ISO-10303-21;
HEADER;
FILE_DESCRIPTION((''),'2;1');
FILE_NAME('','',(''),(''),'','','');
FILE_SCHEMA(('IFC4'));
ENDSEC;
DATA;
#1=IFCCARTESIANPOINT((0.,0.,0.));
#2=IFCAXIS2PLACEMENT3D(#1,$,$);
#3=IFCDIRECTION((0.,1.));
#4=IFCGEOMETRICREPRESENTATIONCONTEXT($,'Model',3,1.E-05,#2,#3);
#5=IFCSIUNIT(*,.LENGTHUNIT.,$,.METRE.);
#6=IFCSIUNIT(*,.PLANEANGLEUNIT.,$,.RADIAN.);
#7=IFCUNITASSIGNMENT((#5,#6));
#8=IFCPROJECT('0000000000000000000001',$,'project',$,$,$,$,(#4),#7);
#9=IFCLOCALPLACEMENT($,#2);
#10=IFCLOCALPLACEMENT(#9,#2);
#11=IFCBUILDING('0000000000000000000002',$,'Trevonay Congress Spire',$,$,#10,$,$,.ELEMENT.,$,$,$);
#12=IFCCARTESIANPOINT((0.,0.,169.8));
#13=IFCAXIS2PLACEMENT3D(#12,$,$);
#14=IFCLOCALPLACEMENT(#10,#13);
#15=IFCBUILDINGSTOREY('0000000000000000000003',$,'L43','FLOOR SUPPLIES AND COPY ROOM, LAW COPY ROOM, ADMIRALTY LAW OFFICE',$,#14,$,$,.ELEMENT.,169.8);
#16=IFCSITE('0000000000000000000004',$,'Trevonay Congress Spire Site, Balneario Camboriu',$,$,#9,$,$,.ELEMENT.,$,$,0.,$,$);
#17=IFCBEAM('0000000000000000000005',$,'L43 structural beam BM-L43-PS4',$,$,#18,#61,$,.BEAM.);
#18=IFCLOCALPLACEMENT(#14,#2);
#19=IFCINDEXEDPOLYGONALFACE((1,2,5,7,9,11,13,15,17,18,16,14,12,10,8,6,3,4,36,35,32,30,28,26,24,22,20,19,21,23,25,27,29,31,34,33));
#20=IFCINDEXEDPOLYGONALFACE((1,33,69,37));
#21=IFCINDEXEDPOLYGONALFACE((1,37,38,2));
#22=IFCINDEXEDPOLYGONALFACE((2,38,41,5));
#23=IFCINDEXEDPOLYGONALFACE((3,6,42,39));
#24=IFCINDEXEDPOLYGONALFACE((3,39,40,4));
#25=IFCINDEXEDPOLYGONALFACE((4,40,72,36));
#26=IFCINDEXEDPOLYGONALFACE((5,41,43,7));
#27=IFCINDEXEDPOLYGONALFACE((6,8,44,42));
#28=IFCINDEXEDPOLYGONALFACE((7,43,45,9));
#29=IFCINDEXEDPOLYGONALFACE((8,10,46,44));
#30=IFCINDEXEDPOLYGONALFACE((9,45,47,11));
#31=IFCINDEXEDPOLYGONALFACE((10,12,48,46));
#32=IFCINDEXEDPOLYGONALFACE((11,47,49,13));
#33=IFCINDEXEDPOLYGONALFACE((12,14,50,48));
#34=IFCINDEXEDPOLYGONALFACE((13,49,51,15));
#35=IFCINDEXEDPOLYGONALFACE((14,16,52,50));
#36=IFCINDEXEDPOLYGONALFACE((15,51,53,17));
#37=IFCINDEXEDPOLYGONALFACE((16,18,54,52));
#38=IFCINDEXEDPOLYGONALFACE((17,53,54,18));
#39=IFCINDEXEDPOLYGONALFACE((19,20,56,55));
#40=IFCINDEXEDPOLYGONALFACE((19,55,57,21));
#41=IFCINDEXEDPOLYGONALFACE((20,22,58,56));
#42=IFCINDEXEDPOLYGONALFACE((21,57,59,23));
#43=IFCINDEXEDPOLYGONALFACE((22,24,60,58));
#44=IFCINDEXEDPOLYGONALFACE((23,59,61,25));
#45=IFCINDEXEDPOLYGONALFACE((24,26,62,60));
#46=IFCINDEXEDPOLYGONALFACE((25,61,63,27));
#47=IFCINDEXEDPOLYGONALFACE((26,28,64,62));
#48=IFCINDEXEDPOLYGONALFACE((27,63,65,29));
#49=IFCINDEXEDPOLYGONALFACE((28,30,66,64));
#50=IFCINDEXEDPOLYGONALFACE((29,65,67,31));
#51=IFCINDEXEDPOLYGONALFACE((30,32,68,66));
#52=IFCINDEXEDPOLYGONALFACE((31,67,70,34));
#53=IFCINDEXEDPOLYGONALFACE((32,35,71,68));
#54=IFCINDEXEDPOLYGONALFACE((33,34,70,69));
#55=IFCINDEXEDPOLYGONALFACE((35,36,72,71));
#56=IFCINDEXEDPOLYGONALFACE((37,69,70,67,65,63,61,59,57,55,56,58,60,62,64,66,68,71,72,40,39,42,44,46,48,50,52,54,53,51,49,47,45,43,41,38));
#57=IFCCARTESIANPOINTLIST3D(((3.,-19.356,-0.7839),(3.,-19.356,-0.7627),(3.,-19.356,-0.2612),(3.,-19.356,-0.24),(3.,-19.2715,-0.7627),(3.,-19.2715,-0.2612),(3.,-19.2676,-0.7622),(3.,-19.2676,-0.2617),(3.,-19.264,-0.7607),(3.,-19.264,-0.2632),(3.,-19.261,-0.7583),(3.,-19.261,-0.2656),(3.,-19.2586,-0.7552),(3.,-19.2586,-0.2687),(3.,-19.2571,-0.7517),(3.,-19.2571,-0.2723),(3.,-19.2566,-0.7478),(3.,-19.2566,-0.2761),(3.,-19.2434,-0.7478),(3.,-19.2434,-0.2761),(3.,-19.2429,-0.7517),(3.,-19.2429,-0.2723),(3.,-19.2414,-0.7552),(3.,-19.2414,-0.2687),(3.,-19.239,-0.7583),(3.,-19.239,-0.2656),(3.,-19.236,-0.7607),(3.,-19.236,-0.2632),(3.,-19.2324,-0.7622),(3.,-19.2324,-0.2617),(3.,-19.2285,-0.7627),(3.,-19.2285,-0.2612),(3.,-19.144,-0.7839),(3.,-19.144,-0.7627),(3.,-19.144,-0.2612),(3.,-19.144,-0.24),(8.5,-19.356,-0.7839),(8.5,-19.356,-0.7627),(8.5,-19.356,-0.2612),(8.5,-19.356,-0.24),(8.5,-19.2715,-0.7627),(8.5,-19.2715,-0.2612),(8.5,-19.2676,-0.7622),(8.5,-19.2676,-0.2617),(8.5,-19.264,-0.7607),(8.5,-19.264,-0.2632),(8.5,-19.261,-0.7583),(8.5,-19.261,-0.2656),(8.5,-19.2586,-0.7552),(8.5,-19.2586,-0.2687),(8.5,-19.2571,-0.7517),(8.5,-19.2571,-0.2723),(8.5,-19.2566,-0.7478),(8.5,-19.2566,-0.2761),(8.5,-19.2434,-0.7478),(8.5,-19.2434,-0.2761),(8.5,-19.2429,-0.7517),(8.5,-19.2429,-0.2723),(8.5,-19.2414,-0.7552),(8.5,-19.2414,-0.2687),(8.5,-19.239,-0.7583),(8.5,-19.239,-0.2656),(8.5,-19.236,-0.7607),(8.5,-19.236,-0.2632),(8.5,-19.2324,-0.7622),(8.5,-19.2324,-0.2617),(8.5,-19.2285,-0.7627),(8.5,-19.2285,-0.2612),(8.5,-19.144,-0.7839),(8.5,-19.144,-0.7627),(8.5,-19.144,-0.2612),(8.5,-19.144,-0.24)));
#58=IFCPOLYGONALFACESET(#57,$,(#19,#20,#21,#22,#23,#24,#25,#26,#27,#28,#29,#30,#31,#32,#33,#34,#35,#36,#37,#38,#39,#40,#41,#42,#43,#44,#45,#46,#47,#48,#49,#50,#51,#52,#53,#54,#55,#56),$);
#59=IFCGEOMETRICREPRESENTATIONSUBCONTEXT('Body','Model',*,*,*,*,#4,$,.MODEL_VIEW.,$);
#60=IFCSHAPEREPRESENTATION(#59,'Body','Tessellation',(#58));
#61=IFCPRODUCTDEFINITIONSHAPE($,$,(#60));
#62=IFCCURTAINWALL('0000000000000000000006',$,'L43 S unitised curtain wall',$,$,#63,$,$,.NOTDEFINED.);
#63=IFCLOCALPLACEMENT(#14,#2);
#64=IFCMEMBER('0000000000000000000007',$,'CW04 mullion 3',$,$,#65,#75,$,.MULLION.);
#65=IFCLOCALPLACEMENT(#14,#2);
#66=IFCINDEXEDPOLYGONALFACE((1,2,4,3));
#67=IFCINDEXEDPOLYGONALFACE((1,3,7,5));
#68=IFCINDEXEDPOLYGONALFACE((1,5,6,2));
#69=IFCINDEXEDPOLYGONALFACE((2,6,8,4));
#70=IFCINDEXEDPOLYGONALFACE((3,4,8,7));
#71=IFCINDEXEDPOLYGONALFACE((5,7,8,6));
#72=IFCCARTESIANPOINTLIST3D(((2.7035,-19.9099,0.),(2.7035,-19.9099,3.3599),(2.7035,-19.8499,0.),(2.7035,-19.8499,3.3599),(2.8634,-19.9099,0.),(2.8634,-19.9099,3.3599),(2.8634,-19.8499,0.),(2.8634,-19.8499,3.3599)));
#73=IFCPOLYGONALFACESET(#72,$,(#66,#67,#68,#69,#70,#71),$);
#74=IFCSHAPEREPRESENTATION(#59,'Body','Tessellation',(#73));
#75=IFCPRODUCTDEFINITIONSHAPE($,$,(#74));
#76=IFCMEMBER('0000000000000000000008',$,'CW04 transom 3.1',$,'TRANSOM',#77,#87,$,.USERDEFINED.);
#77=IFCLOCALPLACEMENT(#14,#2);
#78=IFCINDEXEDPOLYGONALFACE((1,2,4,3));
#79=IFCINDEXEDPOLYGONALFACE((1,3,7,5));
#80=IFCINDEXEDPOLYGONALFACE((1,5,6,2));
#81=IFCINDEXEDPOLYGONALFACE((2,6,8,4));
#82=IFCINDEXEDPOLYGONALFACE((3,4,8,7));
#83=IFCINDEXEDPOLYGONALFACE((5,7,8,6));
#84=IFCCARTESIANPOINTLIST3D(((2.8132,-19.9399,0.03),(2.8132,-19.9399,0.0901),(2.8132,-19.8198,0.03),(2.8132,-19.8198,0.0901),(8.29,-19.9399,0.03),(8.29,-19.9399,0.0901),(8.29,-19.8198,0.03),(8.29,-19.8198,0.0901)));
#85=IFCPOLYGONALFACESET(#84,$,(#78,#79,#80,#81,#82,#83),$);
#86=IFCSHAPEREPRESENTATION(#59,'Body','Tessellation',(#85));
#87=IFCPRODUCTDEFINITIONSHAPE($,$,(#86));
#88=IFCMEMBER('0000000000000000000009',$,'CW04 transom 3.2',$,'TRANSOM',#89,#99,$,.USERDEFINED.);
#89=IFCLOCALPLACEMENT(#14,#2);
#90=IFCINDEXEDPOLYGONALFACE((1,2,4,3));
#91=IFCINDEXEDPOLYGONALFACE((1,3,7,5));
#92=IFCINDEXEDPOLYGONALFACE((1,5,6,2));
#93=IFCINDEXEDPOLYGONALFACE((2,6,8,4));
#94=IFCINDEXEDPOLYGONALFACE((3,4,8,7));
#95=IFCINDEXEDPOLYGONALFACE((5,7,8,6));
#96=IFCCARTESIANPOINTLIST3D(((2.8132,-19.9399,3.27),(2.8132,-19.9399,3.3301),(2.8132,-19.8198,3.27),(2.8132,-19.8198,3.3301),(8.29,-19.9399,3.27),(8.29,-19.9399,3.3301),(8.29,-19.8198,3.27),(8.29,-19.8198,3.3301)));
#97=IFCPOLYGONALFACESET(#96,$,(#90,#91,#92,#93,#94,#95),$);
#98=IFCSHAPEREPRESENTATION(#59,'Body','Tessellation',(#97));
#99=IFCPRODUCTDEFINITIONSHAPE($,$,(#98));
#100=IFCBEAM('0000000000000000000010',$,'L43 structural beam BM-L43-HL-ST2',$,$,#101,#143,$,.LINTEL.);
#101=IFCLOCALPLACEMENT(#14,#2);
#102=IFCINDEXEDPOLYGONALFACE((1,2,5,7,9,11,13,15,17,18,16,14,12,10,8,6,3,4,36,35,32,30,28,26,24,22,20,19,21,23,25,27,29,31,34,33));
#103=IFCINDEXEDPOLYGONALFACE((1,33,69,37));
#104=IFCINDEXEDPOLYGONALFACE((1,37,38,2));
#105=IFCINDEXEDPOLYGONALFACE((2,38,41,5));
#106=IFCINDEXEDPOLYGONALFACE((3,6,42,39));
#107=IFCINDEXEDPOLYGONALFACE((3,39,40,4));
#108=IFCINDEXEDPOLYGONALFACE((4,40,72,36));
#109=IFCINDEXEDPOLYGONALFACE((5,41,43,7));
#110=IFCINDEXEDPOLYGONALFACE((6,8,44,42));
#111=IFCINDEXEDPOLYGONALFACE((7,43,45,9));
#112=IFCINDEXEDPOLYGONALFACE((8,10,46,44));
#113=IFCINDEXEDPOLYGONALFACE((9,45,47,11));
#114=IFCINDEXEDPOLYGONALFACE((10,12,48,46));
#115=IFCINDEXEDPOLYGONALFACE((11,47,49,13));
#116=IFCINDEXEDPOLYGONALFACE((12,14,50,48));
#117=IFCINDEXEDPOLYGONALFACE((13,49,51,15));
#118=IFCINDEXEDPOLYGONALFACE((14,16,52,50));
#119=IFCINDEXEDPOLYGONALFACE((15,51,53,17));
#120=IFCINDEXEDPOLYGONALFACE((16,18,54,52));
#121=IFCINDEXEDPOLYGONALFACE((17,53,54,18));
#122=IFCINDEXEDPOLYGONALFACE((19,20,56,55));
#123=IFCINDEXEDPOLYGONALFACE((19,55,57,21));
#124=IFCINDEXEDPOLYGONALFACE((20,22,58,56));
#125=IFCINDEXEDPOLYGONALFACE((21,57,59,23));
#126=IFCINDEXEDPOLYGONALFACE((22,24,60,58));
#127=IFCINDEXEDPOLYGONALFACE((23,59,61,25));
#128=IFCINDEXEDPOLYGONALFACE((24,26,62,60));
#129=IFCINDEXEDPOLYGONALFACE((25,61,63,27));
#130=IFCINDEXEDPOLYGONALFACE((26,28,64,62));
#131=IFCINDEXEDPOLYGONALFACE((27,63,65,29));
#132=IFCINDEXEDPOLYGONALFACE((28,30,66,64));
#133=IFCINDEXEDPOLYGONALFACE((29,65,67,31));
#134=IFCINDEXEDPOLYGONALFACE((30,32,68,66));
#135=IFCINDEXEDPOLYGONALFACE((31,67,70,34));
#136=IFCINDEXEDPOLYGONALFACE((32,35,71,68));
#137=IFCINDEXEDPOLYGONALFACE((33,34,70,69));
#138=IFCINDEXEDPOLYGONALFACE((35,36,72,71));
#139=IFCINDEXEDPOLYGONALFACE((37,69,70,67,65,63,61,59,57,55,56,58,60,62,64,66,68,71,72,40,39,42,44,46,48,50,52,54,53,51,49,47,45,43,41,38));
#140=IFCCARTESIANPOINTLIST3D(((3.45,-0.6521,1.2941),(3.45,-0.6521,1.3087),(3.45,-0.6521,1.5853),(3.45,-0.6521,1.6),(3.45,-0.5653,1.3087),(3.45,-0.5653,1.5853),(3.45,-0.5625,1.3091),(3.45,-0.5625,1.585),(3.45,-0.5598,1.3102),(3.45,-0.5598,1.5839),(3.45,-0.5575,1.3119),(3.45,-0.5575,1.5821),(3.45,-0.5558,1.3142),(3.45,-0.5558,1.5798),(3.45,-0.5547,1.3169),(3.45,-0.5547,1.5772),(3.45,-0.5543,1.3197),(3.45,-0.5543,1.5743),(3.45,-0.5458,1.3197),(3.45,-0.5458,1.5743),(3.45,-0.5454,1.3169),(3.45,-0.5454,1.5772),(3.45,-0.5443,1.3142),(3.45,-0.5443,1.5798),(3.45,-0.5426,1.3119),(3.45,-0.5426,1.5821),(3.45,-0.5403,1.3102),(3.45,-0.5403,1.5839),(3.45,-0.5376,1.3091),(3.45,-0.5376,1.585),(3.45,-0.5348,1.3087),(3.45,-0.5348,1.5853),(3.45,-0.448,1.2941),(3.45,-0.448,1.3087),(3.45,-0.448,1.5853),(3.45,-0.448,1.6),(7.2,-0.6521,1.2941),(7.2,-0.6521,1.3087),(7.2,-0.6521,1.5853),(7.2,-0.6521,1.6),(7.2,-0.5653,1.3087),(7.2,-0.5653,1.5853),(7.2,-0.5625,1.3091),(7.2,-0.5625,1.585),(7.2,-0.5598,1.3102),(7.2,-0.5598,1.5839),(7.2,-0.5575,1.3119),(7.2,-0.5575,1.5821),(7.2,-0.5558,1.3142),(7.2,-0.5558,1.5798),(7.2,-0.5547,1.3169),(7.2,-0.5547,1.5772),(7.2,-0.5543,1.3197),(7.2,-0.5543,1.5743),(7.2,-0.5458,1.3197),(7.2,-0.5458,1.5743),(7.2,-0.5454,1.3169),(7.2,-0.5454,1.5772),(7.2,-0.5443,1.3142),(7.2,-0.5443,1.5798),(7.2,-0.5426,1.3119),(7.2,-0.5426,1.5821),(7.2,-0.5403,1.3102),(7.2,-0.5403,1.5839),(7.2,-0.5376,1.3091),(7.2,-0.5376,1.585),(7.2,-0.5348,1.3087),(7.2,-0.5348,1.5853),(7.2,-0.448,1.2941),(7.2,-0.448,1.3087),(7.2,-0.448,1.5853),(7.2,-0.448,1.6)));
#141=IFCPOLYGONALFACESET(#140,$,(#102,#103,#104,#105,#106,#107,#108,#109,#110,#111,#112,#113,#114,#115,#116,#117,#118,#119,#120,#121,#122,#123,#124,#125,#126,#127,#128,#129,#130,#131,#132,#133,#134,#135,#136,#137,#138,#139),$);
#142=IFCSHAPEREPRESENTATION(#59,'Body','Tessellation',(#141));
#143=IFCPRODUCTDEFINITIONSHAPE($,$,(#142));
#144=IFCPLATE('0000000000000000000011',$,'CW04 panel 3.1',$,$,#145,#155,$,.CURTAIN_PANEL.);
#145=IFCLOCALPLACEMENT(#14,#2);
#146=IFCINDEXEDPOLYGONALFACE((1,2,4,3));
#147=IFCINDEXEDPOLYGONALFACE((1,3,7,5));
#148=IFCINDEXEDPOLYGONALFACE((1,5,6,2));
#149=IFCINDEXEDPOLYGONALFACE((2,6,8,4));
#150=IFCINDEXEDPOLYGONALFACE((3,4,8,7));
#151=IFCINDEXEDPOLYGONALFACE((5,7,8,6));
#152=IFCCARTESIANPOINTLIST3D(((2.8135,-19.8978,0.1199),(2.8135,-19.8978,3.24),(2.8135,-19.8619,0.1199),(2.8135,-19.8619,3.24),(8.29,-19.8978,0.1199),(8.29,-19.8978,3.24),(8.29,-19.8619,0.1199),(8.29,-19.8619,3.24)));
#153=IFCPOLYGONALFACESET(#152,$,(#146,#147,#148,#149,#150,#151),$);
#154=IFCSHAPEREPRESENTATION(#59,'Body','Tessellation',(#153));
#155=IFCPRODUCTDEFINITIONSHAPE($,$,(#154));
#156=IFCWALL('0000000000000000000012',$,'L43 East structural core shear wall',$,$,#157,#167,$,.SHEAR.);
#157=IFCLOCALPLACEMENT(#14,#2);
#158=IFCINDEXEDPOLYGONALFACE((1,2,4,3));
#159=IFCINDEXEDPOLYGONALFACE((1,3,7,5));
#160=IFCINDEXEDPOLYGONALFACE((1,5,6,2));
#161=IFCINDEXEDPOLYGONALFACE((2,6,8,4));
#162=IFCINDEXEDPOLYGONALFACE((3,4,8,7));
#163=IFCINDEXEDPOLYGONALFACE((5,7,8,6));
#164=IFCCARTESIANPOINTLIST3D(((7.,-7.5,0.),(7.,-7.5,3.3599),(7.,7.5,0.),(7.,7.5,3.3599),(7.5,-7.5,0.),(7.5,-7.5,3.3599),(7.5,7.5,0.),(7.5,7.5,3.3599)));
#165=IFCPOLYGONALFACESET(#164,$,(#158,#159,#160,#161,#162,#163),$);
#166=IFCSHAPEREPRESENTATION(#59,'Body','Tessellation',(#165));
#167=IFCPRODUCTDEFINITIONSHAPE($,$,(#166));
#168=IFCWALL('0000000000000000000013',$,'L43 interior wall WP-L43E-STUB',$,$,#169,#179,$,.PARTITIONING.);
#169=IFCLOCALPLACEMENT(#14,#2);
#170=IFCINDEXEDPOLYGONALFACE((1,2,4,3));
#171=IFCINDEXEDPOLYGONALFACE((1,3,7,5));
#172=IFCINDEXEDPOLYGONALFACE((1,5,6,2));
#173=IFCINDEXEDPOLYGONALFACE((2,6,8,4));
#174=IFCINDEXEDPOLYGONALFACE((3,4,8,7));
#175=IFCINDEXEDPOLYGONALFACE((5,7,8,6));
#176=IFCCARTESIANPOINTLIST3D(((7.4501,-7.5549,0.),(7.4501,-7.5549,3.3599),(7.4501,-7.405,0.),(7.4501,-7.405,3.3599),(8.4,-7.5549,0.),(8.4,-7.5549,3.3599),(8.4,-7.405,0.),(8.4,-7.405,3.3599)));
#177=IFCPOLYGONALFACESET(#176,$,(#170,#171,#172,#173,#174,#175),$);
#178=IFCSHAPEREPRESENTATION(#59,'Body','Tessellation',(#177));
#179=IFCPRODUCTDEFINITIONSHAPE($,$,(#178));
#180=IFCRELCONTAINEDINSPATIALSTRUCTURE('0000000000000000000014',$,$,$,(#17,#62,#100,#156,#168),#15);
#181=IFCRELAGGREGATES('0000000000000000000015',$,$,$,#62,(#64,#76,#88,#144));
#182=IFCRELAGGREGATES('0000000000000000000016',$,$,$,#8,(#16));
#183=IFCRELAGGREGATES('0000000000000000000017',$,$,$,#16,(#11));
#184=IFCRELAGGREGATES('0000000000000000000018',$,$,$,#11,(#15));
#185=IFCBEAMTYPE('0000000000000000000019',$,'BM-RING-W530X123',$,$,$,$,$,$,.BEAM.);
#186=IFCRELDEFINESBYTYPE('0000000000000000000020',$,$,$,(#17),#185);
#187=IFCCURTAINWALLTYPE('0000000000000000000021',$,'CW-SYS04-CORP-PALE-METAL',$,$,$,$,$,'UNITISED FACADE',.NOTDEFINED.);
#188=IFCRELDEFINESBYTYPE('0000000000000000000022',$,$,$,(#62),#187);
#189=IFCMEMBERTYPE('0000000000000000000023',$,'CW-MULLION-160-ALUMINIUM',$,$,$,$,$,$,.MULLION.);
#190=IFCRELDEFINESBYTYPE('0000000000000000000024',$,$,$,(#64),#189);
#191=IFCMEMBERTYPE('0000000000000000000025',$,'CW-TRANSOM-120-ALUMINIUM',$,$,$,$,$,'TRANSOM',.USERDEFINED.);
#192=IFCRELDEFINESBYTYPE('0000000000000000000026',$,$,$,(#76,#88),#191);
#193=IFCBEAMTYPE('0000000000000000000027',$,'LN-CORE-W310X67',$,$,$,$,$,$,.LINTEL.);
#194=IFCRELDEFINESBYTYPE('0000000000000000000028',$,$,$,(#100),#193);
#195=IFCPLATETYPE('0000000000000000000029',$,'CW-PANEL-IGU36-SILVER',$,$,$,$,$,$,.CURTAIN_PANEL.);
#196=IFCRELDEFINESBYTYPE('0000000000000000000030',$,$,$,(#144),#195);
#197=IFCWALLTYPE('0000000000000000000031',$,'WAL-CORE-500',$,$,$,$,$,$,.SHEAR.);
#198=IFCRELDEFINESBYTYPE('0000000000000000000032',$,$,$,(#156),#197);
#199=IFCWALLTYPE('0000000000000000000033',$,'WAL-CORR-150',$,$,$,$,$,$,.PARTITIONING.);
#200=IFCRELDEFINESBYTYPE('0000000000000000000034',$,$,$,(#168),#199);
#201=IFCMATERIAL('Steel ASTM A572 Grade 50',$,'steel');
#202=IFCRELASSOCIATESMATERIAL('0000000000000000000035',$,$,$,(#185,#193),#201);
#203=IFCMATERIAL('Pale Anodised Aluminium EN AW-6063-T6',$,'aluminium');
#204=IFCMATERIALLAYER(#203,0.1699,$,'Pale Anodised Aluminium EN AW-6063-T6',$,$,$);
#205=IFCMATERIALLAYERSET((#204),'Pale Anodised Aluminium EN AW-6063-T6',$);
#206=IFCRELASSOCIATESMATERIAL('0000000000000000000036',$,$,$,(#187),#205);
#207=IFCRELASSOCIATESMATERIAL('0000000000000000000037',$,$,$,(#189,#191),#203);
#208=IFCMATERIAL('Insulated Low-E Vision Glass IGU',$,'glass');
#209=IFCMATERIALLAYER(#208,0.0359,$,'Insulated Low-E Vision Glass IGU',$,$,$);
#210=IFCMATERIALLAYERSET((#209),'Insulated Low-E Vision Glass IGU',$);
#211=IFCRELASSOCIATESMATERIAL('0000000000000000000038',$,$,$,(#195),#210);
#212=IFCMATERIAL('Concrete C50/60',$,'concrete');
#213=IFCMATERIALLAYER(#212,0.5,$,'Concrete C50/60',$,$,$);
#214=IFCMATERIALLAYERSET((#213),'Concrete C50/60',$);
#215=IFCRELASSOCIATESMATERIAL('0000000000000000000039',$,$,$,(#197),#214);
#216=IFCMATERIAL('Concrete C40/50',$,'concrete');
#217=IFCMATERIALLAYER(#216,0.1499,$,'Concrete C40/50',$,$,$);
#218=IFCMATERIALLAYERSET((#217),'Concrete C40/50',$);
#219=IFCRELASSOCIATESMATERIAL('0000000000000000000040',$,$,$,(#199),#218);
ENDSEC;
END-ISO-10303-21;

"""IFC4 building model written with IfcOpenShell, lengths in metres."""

from ifc_helpers import new_model, si_unit, direction, frame, frame_2d, origin, origin_2d, place, context, subcontext, project, spatial, rectangle, i_section, extrude, material, layer, layer_set, material_profile, profile_set, type_object, element, aggregate, save


model = new_model("IFC4")

# Units and contexts
model_context = context("Model", 3, precision=1e-05, world=origin(), true_north=direction((0.0, 1.0)))
body_context = subcontext(model_context, "Body", "Model", "MODEL_VIEW")
ifc_project = project(units=[si_unit("LENGTHUNIT", "METRE"), si_unit("PLANEANGLEUNIT", "RADIAN")], contexts=[model_context])

# Site, building, storey
site_placement = place(None, origin())
site = spatial("IfcSite", under=ifc_project, at=site_placement, Name="Trevonay Congress Spire Site, Balneario Camboriu", CompositionType="ELEMENT", RefElevation=0.0)
building_placement = place(site_placement, origin())
building = spatial("IfcBuilding", under=site, at=building_placement, Name="Trevonay Congress Spire", CompositionType="ELEMENT")
storey_placement = place(building_placement, frame((0.0, 0.0, 169.8)))
storey = spatial("IfcBuildingStorey", under=building, at=storey_placement, Name="L43", Description="FLOOR SUPPLIES AND COPY ROOM, LAW COPY ROOM, ADMIRALTY LAW OFFICE", CompositionType="ELEMENT", Elevation=169.8)

# Shared definitions
ifc_material_1 = material(Name="Steel ASTM A572 Grade 50", Category="steel")

# Beam
ifc_material_profile_1 = material_profile(ifc_material_1, i_section(OverallWidth=0.2119, OverallDepth=0.5439, WebThickness=0.0132, FlangeThickness=0.0212, FilletRadius=0.0149, at=origin_2d()), Name="W530x123")
ifc_profile_set_1 = profile_set([ifc_material_profile_1], Name="Steel ASTM A572 Grade 50")
beam_type_1 = type_object("IfcBeamType", Name="BM-RING-W530X123", PredefinedType="BEAM", material=ifc_profile_set_1)
beam_1_placement = place(storey_placement, frame((3.0, -19.25, -0.512), z_axis=(1.0, 0.0, 0.0), x_axis=(0.0, 1.0, 0.0)))
element("IfcBeam", 1, at=beam_1_placement, inside=storey, type_object=beam_type_1, Name="L43 structural beam BM-L43-PS4", PredefinedType="BEAM", context=body_context, shape_type="SweptSolid", body=[
    extrude(i_section(OverallWidth=0.2119, OverallDepth=0.5439, WebThickness=0.0132, FlangeThickness=0.0212, FilletRadius=0.0149, at=origin_2d()), origin(), (0.0, 0.0, 1.0), 5.5),
])

# Curtain wall, members
ifc_material_2 = material(Name="Pale Anodised Aluminium EN AW-6063-T6", Category="aluminium")
ifc_layer_1 = layer(ifc_material_2, 0.1699, Name="Pale Anodised Aluminium EN AW-6063-T6")
ifc_layer_set_1 = layer_set([ifc_layer_1], Name="Pale Anodised Aluminium EN AW-6063-T6")
curtain_wall_type = type_object("IfcCurtainWallType", Name="CW-SYS04-CORP-PALE-METAL", ElementType="UNITISED FACADE", PredefinedType="NOTDEFINED", material=ifc_layer_set_1)
curtain_wall_placement = place(storey_placement, origin())
curtain_wall = element("IfcCurtainWall", 2, at=curtain_wall_placement, inside=storey, type_object=curtain_wall_type, Name="L43 S unitised curtain wall", PredefinedType="NOTDEFINED")
ifc_material_profile_2 = material_profile(ifc_material_2, rectangle(XDim=0.0601, YDim=0.1599, at=origin_2d()), Name="CW-MULLION-160-ALUMINIUM")
ifc_profile_set_2 = profile_set([ifc_material_profile_2], Name="Pale Anodised Aluminium EN AW-6063-T6")
member_type_1 = type_object("IfcMemberType", Name="CW-MULLION-160-ALUMINIUM", PredefinedType="MULLION", material=ifc_profile_set_2)
member_1_placement = place(storey_placement, frame((2.7834, -19.8799, 0.0), z_axis=(0.0, 0.0, 1.0), x_axis=(0.0, 1.0, 0.0)))
member_1 = element("IfcMember", 3, at=member_1_placement, type_object=member_type_1, Name="CW04 mullion 3", PredefinedType="MULLION", context=body_context, shape_type="SweptSolid", body=[
    extrude(rectangle(XDim=0.0601, YDim=0.1599, at=origin_2d()), origin(), (0.0, 0.0, 1.0), 3.3599),
])
ifc_material_profile_3 = material_profile(ifc_material_2, rectangle(XDim=0.1201, YDim=0.0601, at=origin_2d()), Name="CW-TRANSOM-120-ALUMINIUM")
ifc_profile_set_3 = profile_set([ifc_material_profile_3], Name="Pale Anodised Aluminium EN AW-6063-T6")
member_type_2 = type_object("IfcMemberType", Name="CW-TRANSOM-120-ALUMINIUM", ElementType="TRANSOM", PredefinedType="USERDEFINED", material=ifc_profile_set_3)
member_2_placement = place(storey_placement, frame((2.8132, -19.8799, 0.0601), z_axis=(1.0, 0.0, 0.0), x_axis=(0.0, 1.0, 0.0)))
member_2 = element("IfcMember", 4, at=member_2_placement, type_object=member_type_2, Name="CW04 transom 3.1", ObjectType="TRANSOM", PredefinedType="USERDEFINED", context=body_context, shape_type="SweptSolid", body=[
    extrude(rectangle(XDim=0.1201, YDim=0.0601, at=origin_2d()), origin(), (0.0, 0.0, 1.0), 5.4768),
])
member_3_placement = place(storey_placement, frame((2.8132, -19.8799, 3.3), z_axis=(1.0, 0.0, 0.0), x_axis=(0.0, 1.0, 0.0)))
member_3 = element("IfcMember", 5, at=member_3_placement, type_object=member_type_2, Name="CW04 transom 3.2", ObjectType="TRANSOM", PredefinedType="USERDEFINED", context=body_context, shape_type="SweptSolid", body=[
    extrude(rectangle(XDim=0.1201, YDim=0.0601, at=origin_2d()), origin(), (0.0, 0.0, 1.0), 5.4768),
])

# Beam
ifc_material_profile_4 = material_profile(ifc_material_1, i_section(OverallWidth=0.2041, OverallDepth=0.3059, WebThickness=0.0085, FlangeThickness=0.0146, FilletRadius=0.011, at=origin_2d()), Name="W310x67")
ifc_profile_set_4 = profile_set([ifc_material_profile_4], Name="Steel ASTM A572 Grade 50")
beam_type_2 = type_object("IfcBeamType", Name="LN-CORE-W310X67", PredefinedType="LINTEL", material=ifc_profile_set_4)
beam_2_placement = place(storey_placement, frame((3.45, -0.55, 1.447), z_axis=(1.0, 0.0, 0.0), x_axis=(0.0, 1.0, 0.0)))
element("IfcBeam", 6, at=beam_2_placement, inside=storey, type_object=beam_type_2, Name="L43 structural beam BM-L43-HL-ST2", PredefinedType="LINTEL", context=body_context, shape_type="SweptSolid", body=[
    extrude(i_section(OverallWidth=0.2041, OverallDepth=0.3059, WebThickness=0.0085, FlangeThickness=0.0146, FilletRadius=0.011, at=origin_2d()), origin(), (0.0, 0.0, 1.0), 3.75),
])

# Plate
ifc_material_3 = material(Name="Insulated Low-E Vision Glass IGU", Category="glass")
ifc_layer_2 = layer(ifc_material_3, 0.0359, Name="Insulated Low-E Vision Glass IGU")
ifc_layer_set_2 = layer_set([ifc_layer_2], Name="Insulated Low-E Vision Glass IGU")
plate_type = type_object("IfcPlateType", Name="CW-PANEL-IGU36-SILVER", PredefinedType="CURTAIN_PANEL", material=ifc_layer_set_2)
plate_placement = place(storey_placement, frame((5.5518, -19.8799, 0.1199), z_axis=(0.0, 0.0, 1.0), x_axis=(1.0, 0.0, 0.0)))
plate = element("IfcPlate", 7, at=plate_placement, type_object=plate_type, Name="CW04 panel 3.1", PredefinedType="CURTAIN_PANEL", context=body_context, shape_type="SweptSolid", body=[
    extrude(rectangle(XDim=5.4766, YDim=0.0359, at=origin_2d()), origin(), (0.0, 0.0, 1.0), 3.1201),
])
aggregate(curtain_wall, [member_1, member_2, member_3, plate])

# Walls
ifc_material_4 = material(Name="Concrete C50/60", Category="concrete")
ifc_layer_3 = layer(ifc_material_4, 0.5, Name="Concrete C50/60")
ifc_layer_set_3 = layer_set([ifc_layer_3], Name="Concrete C50/60")
wall_type_1 = type_object("IfcWallType", Name="WAL-CORE-500", PredefinedType="SHEAR", material=ifc_layer_set_3)
wall_1_placement = place(storey_placement, frame((7.25, -7.5, 0.0), z_axis=(0.0, 0.0, 1.0), x_axis=(0.0, 1.0, 0.0)))
element("IfcWall", 8, at=wall_1_placement, inside=storey, type_object=wall_type_1, Name="L43 East structural core shear wall", PredefinedType="SHEAR", context=body_context, shape_type="SweptSolid", body=[
    extrude(rectangle(XDim=15.0, YDim=0.5, at=frame_2d((7.5, 0.0))), origin(), (0.0, 0.0, 1.0), 3.3599),
])
ifc_material_5 = material(Name="Concrete C40/50", Category="concrete")
ifc_layer_4 = layer(ifc_material_5, 0.1499, Name="Concrete C40/50")
ifc_layer_set_4 = layer_set([ifc_layer_4], Name="Concrete C40/50")
wall_type_2 = type_object("IfcWallType", Name="WAL-CORR-150", PredefinedType="PARTITIONING", material=ifc_layer_set_4)
wall_2_placement = place(storey_placement, frame((7.45, -7.48, 0.0), z_axis=(0.0, 0.0, 1.0), x_axis=(1.0, 0.0, 0.0)))
element("IfcWall", 9, at=wall_2_placement, inside=storey, type_object=wall_type_2, Name="L43 interior wall WP-L43E-STUB", PredefinedType="PARTITIONING", context=body_context, shape_type="SweptSolid", body=[
    extrude(rectangle(XDim=0.95, YDim=0.1499, at=frame_2d((0.4751, 0.0))), origin(), (0.0, 0.0, 1.0), 3.3599),
])

save(model, "model.ifc")
